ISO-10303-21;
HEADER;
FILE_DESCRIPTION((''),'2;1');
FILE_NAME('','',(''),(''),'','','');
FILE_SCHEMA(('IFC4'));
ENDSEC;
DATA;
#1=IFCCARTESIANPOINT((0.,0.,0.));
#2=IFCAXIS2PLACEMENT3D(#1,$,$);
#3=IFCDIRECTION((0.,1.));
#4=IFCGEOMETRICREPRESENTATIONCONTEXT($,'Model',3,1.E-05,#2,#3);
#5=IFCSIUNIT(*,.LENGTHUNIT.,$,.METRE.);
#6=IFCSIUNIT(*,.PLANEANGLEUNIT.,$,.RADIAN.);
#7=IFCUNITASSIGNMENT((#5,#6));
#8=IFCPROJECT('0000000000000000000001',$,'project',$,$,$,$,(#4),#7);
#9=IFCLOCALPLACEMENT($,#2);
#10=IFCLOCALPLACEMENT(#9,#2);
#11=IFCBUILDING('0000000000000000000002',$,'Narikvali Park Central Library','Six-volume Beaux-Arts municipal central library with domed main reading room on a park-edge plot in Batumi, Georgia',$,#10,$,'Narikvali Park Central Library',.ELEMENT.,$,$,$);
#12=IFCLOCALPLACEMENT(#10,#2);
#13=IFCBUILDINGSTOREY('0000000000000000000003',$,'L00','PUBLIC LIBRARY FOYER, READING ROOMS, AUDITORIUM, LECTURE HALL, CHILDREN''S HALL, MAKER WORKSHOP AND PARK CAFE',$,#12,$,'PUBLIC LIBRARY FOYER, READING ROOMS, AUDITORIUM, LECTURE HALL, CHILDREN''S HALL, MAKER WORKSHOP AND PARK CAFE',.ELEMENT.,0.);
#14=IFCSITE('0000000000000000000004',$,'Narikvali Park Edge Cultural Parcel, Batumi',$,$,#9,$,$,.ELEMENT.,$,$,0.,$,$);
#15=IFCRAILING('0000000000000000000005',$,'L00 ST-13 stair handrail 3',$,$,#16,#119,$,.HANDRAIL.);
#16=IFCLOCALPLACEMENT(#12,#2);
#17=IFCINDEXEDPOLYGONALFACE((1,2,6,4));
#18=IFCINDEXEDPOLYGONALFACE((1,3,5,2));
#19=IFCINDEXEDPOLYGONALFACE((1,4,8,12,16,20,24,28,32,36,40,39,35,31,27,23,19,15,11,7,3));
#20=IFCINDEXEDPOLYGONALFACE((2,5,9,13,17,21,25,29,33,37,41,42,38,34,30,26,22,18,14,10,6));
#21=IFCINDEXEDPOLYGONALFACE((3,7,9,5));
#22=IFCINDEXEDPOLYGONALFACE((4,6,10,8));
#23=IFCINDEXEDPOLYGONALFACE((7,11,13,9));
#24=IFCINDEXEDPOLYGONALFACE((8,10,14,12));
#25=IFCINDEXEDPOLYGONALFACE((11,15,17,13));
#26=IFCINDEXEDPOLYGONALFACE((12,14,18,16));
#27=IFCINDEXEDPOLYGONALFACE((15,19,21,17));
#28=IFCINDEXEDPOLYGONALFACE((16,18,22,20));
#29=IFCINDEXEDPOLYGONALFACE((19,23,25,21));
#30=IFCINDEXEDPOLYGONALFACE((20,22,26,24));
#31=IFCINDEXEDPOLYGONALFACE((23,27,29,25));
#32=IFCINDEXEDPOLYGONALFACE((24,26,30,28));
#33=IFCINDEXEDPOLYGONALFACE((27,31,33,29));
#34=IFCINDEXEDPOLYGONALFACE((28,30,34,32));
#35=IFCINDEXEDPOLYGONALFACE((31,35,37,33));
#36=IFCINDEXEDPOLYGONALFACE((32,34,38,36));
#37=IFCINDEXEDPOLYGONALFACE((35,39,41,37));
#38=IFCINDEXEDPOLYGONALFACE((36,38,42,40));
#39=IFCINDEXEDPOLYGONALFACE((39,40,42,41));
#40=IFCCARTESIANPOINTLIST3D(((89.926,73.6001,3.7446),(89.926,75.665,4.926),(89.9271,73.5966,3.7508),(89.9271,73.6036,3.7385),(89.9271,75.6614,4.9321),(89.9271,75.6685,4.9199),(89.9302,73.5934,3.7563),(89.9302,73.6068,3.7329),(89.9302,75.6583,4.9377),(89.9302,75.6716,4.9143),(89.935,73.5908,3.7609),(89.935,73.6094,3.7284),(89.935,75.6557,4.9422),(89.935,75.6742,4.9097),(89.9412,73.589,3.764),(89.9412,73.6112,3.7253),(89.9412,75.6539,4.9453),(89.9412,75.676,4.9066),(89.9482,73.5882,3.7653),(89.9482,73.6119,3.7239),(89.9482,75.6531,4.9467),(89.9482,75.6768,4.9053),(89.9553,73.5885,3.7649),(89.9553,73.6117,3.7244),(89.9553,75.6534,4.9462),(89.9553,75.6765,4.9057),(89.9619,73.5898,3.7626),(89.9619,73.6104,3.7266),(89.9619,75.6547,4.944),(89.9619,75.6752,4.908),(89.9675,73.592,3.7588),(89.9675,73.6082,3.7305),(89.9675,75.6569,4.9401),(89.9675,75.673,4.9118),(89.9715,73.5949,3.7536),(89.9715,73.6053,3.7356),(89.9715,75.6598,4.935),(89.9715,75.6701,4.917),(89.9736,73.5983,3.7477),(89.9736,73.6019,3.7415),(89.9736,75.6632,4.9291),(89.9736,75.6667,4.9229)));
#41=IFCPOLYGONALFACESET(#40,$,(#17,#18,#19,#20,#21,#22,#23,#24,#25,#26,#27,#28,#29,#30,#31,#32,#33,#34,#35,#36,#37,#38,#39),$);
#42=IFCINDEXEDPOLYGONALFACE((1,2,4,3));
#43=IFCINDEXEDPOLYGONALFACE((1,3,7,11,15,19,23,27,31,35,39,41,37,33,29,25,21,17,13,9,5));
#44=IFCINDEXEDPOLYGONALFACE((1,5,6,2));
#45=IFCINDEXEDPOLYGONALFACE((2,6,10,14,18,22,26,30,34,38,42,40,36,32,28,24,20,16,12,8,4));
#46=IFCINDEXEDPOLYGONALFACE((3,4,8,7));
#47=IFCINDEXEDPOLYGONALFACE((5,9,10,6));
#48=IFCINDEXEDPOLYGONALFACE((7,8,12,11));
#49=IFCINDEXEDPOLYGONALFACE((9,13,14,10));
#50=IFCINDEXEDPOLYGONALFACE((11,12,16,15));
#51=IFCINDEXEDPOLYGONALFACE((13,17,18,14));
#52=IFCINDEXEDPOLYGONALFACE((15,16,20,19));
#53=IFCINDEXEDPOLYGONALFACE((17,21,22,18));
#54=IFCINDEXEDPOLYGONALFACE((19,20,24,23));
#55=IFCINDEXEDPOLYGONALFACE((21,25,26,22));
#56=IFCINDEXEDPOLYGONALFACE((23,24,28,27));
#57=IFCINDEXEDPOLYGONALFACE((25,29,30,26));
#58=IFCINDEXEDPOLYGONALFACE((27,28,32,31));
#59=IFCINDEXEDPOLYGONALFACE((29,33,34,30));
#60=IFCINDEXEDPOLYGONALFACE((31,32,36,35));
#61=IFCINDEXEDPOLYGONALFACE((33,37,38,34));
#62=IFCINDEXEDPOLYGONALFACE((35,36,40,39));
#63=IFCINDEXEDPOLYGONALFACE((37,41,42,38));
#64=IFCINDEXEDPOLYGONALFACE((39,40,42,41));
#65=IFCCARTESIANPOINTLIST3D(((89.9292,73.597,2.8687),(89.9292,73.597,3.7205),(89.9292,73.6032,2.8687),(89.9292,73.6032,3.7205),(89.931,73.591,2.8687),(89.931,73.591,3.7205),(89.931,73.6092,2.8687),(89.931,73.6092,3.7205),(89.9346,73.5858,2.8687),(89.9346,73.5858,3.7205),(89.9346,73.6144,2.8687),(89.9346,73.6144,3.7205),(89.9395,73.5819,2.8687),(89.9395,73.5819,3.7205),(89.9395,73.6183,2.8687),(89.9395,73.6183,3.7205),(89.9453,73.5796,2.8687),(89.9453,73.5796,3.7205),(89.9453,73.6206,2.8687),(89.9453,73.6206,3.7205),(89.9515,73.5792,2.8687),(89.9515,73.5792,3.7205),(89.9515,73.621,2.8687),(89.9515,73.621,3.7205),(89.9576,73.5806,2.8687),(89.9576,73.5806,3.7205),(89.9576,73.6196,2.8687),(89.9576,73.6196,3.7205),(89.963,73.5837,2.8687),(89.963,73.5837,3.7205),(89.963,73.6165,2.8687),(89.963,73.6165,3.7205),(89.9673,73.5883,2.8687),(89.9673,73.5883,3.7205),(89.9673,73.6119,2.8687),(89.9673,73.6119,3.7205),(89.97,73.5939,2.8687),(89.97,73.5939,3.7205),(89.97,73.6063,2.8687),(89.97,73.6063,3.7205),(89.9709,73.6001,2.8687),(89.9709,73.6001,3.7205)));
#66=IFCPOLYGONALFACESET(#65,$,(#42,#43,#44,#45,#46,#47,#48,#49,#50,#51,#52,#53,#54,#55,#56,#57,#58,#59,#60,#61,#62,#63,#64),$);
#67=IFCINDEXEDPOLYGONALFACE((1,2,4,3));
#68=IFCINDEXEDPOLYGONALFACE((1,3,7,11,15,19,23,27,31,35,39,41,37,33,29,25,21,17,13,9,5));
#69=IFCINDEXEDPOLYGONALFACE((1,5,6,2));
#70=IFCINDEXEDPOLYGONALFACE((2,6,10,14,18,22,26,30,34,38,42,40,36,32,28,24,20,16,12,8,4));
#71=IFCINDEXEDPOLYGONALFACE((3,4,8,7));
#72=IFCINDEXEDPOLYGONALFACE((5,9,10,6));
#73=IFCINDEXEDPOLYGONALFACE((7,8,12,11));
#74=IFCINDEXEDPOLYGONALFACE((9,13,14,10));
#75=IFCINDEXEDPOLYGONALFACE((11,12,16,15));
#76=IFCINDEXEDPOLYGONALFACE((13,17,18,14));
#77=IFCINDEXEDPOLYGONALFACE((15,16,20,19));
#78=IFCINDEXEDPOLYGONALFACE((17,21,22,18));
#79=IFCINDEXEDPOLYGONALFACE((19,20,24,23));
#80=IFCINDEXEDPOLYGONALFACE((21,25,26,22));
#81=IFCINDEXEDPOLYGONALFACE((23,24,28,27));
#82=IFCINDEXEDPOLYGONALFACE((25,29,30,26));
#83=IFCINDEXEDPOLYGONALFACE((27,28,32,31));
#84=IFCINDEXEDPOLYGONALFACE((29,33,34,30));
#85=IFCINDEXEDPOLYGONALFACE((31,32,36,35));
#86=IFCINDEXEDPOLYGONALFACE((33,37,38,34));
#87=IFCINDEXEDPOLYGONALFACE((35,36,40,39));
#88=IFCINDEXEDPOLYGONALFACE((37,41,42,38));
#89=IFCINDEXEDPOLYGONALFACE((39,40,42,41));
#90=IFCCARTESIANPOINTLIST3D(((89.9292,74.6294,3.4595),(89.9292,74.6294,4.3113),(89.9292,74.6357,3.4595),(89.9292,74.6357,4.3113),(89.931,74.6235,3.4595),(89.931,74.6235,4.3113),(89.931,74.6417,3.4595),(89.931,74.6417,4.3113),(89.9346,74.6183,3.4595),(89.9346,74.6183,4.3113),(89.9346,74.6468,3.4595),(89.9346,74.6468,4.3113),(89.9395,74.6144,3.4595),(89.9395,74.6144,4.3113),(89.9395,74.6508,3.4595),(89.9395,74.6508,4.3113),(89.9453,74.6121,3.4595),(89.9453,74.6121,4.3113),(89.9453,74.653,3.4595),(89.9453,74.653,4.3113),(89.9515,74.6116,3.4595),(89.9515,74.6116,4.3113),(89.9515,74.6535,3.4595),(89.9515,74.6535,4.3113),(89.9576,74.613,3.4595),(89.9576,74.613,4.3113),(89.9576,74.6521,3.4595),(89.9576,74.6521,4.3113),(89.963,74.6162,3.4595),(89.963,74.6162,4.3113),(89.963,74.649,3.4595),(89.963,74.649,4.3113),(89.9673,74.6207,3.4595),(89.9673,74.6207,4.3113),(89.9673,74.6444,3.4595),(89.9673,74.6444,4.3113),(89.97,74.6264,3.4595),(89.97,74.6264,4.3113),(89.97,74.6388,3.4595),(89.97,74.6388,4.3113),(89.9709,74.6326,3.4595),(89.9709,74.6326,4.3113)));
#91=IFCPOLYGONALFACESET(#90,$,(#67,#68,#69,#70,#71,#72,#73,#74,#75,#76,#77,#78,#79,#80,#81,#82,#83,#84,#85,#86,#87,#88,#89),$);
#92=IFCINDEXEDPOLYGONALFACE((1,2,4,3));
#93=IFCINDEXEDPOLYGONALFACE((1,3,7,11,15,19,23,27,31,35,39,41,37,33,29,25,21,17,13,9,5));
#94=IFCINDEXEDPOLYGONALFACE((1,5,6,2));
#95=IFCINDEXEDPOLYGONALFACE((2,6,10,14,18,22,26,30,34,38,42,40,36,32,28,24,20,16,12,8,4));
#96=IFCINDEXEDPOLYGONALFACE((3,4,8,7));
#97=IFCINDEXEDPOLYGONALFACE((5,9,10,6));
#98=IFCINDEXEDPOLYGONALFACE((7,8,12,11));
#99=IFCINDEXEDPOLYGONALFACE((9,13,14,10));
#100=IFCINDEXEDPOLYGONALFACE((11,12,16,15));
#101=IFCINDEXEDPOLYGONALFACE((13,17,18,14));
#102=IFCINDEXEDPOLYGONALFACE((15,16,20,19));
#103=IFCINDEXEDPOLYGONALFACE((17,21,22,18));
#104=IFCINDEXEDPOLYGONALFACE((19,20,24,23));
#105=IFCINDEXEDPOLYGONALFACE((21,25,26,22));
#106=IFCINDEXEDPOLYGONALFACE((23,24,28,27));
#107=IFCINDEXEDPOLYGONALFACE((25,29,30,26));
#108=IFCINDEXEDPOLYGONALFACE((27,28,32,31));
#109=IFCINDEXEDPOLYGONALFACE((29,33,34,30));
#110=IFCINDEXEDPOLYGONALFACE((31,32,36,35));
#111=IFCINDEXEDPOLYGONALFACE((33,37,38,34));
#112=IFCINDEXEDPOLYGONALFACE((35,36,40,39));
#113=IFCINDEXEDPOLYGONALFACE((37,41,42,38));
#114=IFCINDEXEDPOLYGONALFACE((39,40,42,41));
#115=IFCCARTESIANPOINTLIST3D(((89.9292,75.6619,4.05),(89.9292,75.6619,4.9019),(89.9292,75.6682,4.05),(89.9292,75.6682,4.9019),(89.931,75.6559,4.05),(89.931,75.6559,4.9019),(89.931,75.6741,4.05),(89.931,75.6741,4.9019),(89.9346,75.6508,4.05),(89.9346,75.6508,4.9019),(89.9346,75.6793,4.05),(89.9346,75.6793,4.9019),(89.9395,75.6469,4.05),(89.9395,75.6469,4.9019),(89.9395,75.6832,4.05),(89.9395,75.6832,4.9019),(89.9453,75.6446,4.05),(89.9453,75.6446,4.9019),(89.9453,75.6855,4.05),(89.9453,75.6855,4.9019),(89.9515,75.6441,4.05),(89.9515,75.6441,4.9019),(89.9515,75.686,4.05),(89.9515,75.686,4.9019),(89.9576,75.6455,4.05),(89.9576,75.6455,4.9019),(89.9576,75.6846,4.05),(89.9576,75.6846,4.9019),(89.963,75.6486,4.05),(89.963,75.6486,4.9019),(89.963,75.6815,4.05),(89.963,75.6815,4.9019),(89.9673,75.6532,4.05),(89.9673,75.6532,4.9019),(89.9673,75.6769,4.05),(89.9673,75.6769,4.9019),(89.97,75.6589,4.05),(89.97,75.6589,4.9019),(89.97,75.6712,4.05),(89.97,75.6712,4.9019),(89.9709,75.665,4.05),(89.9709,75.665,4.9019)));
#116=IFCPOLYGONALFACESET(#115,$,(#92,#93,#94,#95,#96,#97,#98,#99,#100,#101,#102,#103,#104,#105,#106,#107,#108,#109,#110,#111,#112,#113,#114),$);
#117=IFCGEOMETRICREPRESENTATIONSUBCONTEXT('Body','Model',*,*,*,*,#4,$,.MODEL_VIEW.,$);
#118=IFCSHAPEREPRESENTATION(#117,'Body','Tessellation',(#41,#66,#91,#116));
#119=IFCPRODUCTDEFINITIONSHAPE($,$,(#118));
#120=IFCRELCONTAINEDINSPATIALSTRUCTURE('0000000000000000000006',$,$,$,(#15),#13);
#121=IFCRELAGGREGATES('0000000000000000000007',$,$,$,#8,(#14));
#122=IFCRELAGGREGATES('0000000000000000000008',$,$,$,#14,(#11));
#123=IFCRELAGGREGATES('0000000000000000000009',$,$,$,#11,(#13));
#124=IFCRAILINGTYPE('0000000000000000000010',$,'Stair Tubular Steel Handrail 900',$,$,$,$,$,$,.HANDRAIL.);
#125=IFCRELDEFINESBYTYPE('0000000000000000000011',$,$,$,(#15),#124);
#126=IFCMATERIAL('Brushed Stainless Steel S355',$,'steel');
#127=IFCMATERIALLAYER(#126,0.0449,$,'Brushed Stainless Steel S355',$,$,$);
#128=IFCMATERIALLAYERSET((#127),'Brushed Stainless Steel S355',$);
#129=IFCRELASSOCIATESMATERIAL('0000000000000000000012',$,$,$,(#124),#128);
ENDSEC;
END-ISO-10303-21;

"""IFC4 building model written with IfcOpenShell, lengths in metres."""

from ifc_helpers import new_model, si_unit, direction, frame, origin, origin_2d, place, context, subcontext, project, spatial, circle, extrude, material, layer, layer_set, type_object, element, save


model = new_model("IFC4")

# Units and contexts
model_context = context("Model", 3, precision=1e-05, world=origin(), true_north=direction((0.0, 1.0)))
body_context = subcontext(model_context, "Body", "Model", "MODEL_VIEW")
ifc_project = project(units=[si_unit("LENGTHUNIT", "METRE"), si_unit("PLANEANGLEUNIT", "RADIAN")], contexts=[model_context])

# Site, building, storey
site_placement = place(None, origin())
site = spatial("IfcSite", under=ifc_project, at=site_placement, Name="Narikvali Park Edge Cultural Parcel, Batumi", CompositionType="ELEMENT", RefElevation=0.0)
building_placement = place(site_placement, origin())
building = spatial("IfcBuilding", under=site, at=building_placement, Name="Narikvali Park Central Library", Description="Six-volume Beaux-Arts municipal central library with domed main reading room on a park-edge plot in Batumi, Georgia", LongName="Narikvali Park Central Library", CompositionType="ELEMENT")
storey_placement = place(building_placement, origin())
storey = spatial("IfcBuildingStorey", under=building, at=storey_placement, Name="L00", Description="PUBLIC LIBRARY FOYER, READING ROOMS, AUDITORIUM, LECTURE HALL, CHILDREN'S HALL, MAKER WORKSHOP AND PARK CAFE", LongName="PUBLIC LIBRARY FOYER, READING ROOMS, AUDITORIUM, LECTURE HALL, CHILDREN'S HALL, MAKER WORKSHOP AND PARK CAFE", CompositionType="ELEMENT", Elevation=0.0)

# Railing
ifc_material_1 = material(Name="Brushed Stainless Steel S355", Category="steel")
ifc_layer_1 = layer(ifc_material_1, 0.0449, Name="Brushed Stainless Steel S355")
ifc_layer_set_1 = layer_set([ifc_layer_1], Name="Brushed Stainless Steel S355")
railing_type_1 = type_object("IfcRailingType", Name="Stair Tubular Steel Handrail 900", PredefinedType="HANDRAIL", material=ifc_layer_set_1)
railing_1_placement = place(storey_placement, frame((89.95, 73.6001, 2.8687)))
element("IfcRailing", 1, at=railing_1_placement, inside=storey, type_object=railing_type_1, Name="L00 ST-13 stair handrail 3", PredefinedType="HANDRAIL", context=body_context, shape_type="SweptSolid", body=[
    extrude(circle(Radius=0.0239, at=origin_2d()), frame((0.0, 0.0, 0.876), z_axis=(0.0, 0.867984, 0.496592), x_axis=(-1.0, 0.0, 0.0)), (0.0, 0.0, 1.0), 2.3789),
    extrude(circle(Radius=0.021, at=origin_2d()), origin(), (0.0, 0.0, 1.0), 0.8518),
    extrude(circle(Radius=0.021, at=origin_2d()), frame((0.0, 1.0325, 0.5908)), (0.0, 0.0, 1.0), 0.8518),
    extrude(circle(Radius=0.021, at=origin_2d()), frame((0.0, 2.0649, 1.1814)), (0.0, 0.0, 1.0), 0.8518),
])

save(model, "model.ifc")
